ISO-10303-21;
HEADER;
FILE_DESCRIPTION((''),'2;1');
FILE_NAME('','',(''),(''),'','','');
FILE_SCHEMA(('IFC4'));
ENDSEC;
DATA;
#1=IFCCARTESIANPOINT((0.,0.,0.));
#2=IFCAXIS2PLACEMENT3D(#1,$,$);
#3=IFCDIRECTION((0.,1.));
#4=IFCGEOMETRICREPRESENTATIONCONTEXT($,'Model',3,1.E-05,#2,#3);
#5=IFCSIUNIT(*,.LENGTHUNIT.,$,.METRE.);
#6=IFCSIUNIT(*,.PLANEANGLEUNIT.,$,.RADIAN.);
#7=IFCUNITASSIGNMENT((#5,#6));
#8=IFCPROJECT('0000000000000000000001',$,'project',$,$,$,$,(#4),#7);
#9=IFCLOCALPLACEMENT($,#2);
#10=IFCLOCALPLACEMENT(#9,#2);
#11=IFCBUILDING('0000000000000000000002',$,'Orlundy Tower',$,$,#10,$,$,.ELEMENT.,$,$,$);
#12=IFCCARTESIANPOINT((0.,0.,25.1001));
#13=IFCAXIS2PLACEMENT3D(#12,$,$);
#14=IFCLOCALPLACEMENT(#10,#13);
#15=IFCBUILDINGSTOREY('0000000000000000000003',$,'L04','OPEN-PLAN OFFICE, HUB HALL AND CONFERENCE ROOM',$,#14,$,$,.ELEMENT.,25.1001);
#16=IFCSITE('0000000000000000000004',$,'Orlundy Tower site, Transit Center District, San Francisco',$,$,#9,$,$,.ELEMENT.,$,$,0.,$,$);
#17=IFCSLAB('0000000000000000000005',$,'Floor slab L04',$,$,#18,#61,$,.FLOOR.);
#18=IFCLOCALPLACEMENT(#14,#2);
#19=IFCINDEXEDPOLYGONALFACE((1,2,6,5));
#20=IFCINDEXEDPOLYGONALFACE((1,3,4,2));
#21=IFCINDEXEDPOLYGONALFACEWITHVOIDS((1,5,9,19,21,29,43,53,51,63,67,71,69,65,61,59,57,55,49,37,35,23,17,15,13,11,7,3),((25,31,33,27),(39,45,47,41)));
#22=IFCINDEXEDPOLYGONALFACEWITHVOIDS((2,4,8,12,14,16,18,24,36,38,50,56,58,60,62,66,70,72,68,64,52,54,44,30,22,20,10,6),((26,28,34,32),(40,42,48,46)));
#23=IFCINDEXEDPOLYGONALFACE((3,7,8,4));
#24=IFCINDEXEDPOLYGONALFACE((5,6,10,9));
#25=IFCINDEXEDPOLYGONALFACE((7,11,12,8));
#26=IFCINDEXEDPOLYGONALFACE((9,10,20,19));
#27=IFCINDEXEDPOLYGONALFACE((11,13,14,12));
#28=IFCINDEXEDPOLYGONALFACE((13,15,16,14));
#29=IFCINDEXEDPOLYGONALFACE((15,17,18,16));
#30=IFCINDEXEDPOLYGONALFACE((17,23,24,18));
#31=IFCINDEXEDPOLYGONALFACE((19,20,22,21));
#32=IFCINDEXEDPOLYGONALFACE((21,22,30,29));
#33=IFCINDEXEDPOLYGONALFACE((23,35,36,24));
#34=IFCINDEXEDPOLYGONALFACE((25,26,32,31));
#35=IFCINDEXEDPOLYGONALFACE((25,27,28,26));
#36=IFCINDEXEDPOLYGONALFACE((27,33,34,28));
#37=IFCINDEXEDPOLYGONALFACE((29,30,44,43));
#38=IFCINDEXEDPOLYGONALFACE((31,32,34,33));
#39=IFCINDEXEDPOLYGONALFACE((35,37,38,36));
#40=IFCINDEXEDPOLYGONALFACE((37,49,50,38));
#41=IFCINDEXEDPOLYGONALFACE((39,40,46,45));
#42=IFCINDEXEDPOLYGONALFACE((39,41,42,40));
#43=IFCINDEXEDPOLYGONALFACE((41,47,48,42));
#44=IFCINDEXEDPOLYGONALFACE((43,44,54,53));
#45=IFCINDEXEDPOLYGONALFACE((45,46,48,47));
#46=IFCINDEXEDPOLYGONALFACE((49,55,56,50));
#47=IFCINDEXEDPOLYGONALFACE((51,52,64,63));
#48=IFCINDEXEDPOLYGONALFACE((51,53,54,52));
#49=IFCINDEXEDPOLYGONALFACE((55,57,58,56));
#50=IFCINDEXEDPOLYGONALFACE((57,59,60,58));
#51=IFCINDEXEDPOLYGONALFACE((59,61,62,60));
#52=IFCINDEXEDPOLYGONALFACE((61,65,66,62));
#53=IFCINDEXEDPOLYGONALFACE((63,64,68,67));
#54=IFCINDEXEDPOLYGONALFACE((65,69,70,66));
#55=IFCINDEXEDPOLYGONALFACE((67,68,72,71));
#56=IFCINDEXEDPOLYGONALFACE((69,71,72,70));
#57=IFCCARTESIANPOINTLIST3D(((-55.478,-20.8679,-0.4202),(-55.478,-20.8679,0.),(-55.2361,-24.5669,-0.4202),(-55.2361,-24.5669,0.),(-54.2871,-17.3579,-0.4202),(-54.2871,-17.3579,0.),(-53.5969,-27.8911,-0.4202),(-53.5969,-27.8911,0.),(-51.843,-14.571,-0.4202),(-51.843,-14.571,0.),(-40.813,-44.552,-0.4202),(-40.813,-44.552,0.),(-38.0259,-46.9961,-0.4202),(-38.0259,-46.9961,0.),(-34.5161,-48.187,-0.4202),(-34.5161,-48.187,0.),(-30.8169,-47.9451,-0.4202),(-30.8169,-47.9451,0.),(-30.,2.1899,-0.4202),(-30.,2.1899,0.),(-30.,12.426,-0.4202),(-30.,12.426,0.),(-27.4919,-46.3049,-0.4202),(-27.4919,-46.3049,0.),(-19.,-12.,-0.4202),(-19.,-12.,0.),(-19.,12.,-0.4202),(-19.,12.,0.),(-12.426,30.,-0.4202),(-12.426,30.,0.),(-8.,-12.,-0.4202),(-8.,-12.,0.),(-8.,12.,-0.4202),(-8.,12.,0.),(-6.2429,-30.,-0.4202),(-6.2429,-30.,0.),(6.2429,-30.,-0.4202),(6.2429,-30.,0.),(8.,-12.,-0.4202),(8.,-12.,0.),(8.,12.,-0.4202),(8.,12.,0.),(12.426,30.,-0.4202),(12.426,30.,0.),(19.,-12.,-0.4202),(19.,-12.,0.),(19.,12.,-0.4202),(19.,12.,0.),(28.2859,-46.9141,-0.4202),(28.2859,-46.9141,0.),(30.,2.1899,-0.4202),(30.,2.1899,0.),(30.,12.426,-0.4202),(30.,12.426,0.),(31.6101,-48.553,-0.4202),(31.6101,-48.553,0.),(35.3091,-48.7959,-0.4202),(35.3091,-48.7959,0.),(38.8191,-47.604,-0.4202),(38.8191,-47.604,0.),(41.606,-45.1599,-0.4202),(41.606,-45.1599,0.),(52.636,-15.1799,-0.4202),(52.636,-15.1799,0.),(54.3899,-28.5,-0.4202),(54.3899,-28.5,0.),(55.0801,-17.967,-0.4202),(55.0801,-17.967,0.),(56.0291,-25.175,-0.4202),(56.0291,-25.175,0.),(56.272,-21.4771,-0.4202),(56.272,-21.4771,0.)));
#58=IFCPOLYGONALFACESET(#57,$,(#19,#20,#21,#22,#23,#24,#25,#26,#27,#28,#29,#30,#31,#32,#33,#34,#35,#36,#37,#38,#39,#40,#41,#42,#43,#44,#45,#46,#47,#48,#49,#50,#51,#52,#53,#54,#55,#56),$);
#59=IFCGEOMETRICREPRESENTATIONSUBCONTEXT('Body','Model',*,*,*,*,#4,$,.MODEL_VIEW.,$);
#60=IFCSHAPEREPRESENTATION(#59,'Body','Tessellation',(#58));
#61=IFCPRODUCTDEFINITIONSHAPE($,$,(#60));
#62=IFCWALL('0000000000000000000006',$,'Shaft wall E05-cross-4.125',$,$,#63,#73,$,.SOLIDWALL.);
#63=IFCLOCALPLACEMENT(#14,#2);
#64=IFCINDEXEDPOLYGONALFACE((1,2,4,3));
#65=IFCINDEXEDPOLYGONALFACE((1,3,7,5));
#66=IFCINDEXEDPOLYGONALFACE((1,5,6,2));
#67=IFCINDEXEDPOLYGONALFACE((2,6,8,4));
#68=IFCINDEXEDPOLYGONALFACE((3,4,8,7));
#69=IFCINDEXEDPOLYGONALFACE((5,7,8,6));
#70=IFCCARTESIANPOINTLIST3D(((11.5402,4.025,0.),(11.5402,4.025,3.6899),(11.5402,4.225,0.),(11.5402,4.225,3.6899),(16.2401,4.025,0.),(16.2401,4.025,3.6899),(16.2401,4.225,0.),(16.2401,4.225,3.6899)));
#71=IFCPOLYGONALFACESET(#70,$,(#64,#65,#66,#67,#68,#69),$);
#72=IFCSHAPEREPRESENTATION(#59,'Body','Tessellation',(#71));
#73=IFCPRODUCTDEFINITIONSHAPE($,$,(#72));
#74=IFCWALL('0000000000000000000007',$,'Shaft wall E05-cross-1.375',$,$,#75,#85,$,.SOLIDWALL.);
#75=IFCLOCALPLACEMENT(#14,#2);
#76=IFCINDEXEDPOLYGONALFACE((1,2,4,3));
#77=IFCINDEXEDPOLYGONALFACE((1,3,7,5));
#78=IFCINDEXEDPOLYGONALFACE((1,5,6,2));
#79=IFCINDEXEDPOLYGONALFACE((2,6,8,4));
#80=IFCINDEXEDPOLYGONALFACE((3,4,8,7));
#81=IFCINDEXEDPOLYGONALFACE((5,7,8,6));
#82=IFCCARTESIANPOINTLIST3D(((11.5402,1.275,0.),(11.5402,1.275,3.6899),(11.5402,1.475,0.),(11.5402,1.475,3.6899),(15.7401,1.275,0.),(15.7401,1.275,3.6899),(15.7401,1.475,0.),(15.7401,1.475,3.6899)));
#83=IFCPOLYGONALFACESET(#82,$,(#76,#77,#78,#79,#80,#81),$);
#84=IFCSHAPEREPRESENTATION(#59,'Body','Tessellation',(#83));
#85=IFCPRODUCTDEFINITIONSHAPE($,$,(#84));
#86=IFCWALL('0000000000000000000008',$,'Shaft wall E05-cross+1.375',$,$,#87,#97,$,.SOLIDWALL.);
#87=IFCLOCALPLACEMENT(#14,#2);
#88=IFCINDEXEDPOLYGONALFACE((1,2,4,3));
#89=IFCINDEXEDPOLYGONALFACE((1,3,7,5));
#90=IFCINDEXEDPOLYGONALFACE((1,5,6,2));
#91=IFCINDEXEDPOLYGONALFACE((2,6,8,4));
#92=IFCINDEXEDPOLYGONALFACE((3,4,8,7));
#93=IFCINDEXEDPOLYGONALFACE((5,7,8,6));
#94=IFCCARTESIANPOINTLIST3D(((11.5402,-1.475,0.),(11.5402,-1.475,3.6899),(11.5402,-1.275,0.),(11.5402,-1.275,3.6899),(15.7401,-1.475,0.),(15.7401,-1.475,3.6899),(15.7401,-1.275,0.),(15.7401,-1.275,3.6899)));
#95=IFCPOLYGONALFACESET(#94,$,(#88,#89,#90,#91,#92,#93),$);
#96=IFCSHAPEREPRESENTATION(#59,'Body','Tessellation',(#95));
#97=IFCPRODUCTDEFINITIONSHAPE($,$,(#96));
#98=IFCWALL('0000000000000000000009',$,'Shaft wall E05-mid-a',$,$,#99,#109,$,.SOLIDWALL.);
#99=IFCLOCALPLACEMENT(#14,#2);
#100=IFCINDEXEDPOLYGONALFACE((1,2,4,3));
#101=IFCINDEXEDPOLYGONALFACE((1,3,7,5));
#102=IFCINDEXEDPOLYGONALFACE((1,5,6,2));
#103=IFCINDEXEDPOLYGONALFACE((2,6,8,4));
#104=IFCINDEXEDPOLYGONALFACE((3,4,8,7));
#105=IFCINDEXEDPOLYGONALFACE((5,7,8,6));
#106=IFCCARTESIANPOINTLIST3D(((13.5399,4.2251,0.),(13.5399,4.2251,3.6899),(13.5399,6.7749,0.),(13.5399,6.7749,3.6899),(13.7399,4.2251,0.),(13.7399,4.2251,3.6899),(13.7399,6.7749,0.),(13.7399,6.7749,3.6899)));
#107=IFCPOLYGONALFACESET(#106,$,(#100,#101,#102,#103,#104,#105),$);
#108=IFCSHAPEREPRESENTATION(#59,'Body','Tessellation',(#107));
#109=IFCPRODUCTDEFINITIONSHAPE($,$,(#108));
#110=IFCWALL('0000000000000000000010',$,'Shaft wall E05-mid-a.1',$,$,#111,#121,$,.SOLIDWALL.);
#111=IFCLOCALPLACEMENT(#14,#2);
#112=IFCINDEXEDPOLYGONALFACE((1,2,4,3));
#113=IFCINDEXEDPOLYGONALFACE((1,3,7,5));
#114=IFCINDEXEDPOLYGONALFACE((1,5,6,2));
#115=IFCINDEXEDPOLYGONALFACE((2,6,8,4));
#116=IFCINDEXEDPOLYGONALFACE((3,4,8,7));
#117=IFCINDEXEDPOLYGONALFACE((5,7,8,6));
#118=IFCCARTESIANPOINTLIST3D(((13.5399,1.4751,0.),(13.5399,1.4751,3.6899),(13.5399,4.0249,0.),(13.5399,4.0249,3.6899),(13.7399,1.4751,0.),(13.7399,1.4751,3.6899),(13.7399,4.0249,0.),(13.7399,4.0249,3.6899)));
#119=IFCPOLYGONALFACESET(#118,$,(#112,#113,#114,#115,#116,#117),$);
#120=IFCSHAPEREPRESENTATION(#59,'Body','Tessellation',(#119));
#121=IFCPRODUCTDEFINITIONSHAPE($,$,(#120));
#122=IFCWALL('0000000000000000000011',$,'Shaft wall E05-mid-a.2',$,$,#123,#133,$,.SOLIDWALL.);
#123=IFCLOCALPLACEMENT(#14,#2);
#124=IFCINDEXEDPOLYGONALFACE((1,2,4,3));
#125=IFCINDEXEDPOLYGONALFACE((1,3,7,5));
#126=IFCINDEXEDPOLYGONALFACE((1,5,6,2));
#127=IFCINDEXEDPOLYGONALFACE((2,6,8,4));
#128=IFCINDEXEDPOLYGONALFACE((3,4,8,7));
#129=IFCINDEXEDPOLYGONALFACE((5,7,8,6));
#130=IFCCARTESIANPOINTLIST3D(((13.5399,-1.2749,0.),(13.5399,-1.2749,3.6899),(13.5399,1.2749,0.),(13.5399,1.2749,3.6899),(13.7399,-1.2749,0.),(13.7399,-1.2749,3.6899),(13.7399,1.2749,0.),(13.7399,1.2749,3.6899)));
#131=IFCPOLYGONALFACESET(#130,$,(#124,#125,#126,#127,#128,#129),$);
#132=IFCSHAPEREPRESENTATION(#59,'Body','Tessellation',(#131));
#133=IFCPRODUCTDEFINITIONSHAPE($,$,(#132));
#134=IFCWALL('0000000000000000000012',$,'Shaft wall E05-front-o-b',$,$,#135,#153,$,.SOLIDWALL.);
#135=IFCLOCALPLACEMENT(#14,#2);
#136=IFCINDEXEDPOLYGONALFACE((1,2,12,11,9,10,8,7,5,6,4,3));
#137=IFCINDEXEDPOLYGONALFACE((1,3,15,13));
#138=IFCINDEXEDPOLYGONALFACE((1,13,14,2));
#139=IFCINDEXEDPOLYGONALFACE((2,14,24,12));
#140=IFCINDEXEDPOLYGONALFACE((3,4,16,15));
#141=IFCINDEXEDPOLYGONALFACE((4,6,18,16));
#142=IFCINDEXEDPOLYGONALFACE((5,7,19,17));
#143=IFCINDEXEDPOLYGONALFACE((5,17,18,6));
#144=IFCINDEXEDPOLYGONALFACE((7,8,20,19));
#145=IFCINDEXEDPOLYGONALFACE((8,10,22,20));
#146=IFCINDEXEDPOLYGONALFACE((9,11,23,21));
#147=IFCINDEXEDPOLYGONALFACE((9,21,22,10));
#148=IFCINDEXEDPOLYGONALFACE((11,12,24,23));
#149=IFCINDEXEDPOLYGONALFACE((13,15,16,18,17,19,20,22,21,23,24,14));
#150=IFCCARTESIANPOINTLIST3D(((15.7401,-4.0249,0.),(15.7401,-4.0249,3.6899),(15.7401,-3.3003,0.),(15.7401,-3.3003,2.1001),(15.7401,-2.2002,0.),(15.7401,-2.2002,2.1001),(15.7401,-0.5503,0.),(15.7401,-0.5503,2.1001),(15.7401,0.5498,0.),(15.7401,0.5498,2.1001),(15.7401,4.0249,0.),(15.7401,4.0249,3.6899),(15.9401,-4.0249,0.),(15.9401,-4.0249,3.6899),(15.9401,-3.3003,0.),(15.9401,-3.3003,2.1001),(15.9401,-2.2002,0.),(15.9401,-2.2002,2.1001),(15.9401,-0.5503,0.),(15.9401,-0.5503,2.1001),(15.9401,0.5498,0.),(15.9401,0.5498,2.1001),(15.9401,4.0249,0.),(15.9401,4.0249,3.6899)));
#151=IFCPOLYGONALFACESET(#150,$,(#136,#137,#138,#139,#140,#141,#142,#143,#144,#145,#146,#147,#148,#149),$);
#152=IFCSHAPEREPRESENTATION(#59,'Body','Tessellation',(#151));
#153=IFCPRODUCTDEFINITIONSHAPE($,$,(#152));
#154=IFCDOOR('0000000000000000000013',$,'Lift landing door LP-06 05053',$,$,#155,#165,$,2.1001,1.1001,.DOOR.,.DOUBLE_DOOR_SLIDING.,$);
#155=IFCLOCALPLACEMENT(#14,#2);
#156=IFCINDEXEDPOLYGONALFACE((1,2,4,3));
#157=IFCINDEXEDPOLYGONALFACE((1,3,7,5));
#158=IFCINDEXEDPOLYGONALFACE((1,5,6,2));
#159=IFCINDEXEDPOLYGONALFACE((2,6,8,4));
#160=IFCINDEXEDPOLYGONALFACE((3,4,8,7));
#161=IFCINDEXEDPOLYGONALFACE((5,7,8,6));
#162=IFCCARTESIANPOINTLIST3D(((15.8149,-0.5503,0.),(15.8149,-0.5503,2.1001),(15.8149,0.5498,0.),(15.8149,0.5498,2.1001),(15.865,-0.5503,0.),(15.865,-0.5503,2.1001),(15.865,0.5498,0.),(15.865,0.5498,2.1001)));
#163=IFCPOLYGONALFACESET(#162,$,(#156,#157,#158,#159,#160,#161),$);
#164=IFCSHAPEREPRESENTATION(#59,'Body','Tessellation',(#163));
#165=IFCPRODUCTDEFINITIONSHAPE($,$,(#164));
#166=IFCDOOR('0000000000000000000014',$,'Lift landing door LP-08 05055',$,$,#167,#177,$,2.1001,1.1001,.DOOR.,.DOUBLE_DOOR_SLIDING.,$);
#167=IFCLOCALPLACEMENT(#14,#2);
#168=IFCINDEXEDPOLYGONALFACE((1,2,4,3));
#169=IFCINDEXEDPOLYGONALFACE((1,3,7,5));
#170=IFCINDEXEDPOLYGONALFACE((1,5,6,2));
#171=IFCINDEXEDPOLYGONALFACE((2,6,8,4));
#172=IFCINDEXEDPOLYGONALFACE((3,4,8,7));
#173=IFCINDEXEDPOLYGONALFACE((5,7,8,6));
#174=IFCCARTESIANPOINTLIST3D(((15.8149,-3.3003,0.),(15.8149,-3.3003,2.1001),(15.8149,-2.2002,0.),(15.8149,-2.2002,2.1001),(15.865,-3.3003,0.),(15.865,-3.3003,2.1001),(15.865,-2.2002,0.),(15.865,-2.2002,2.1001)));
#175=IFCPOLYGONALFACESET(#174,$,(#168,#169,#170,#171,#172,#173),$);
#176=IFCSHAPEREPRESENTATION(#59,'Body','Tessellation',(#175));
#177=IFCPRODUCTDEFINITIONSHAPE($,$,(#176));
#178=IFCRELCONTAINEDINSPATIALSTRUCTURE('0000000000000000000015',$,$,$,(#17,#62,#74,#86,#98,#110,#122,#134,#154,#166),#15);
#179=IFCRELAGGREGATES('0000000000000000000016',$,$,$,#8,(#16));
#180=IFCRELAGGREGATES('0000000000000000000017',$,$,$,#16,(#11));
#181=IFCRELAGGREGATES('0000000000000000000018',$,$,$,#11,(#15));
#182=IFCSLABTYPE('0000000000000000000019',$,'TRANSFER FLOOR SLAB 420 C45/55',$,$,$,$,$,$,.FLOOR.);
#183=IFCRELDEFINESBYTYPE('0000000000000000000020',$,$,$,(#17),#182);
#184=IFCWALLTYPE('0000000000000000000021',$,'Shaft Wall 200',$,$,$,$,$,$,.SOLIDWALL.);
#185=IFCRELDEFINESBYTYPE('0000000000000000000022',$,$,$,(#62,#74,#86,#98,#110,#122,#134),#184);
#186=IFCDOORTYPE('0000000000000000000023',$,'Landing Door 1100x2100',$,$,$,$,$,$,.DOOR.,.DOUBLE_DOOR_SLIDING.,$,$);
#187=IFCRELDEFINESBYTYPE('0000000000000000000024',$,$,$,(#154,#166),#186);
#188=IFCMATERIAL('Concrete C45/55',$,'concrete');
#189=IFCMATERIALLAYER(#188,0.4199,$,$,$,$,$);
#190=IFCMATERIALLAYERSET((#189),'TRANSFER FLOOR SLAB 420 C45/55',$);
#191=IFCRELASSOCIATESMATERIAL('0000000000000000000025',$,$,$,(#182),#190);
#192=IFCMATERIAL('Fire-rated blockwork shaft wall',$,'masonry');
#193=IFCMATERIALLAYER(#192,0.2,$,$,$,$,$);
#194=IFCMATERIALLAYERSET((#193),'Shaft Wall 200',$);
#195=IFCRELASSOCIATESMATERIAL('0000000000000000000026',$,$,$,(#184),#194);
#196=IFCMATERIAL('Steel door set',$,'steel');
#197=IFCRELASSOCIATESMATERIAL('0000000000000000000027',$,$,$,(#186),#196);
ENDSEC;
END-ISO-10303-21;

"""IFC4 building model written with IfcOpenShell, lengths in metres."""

from ifc_helpers import new_model, si_unit, direction, frame, frame_2d, origin, place, context, subcontext, project, spatial, polyline, rectangle, outline, extrude, material, layer, layer_set, type_object, element, fill, save


model = new_model("IFC4")

# Units and contexts
model_context = context("Model", 3, precision=1e-05, world=origin(), true_north=direction((0.0, 1.0)))
body_context = subcontext(model_context, "Body", "Model", "MODEL_VIEW")
ifc_project = project(units=[si_unit("LENGTHUNIT", "METRE"), si_unit("PLANEANGLEUNIT", "RADIAN")], contexts=[model_context])

# Site, building, storey
site_placement = place(None, origin())
site = spatial("IfcSite", under=ifc_project, at=site_placement, Name="Orlundy Tower site, Transit Center District, San Francisco", CompositionType="ELEMENT", RefElevation=0.0)
building_placement = place(site_placement, origin())
building = spatial("IfcBuilding", under=site, at=building_placement, Name="Orlundy Tower", CompositionType="ELEMENT")
storey_placement = place(building_placement, frame((0.0, 0.0, 25.1001)))
storey = spatial("IfcBuildingStorey", under=building, at=storey_placement, Name="L04", Description="OPEN-PLAN OFFICE, HUB HALL AND CONFERENCE ROOM", CompositionType="ELEMENT", Elevation=25.1001)

# Slab
ifc_material_1 = material(Name="Concrete C45/55", Category="concrete")
ifc_layer_1 = layer(ifc_material_1, 0.4199)
ifc_layer_set_1 = layer_set([ifc_layer_1], Name="TRANSFER FLOOR SLAB 420 C45/55")
slab_type_1 = type_object("IfcSlabType", Name="TRANSFER FLOOR SLAB 420 C45/55", PredefinedType="FLOOR", material=ifc_layer_set_1)
slab_1_placement = place(storey_placement, frame((0.0, 0.0, -0.4202)))
element("IfcSlab", 1, at=slab_1_placement, inside=storey, type_object=slab_type_1, Name="Floor slab L04", PredefinedType="FLOOR", context=body_context, shape_type="SweptSolid", body=[
    extrude(outline(polyline([(6.2429, -30.0), (-6.2429, -30.0), (-27.4919, -46.3049), (-30.8169, -47.9451), (-34.5161, -48.187), (-38.0259, -46.9961), (-40.813, -44.552), (-53.5969, -27.8911), (-55.2361, -24.5669), (-55.478, -20.8679), (-54.2871, -17.3579), (-51.843, -14.571), (-30.0, 2.1899), (-30.0, 12.426), (-12.426, 30.0), (12.426, 30.0), (30.0, 12.426), (30.0, 2.1899), (52.636, -15.1799), (55.0801, -17.967), (56.272, -21.4771), (56.0291, -25.175), (54.3899, -28.5), (41.606, -45.1599), (38.8191, -47.604), (35.3091, -48.7959), (31.6101, -48.553), (28.2859, -46.9141), (6.2429, -30.0)]), holes=[polyline([(-8.0, -12.0), (-8.0, 12.0), (-19.0, 12.0), (-19.0, -12.0), (-8.0, -12.0)]), polyline([(19.0, -12.0), (19.0, 12.0), (8.0, 12.0), (8.0, -12.0), (19.0, -12.0)])]), origin(), (0.0, 0.0, 1.0), 0.4202),
])

# Walls
ifc_material_2 = material(Name="Fire-rated blockwork shaft wall", Category="masonry")
ifc_layer_2 = layer(ifc_material_2, 0.2)
ifc_layer_set_2 = layer_set([ifc_layer_2], Name="Shaft Wall 200")
wall_type = type_object("IfcWallType", Name="Shaft Wall 200", PredefinedType="SOLIDWALL", material=ifc_layer_set_2)
wall_1_placement = place(storey_placement, frame((11.54, 4.125, 0.0), z_axis=(0.0, 0.0, 1.0), x_axis=(1.0, 0.0, 0.0)))
element("IfcWall", 2, at=wall_1_placement, inside=storey, type_object=wall_type, Name="Shaft wall E05-cross-4.125", PredefinedType="SOLIDWALL", context=body_context, shape_type="SweptSolid", body=[
    extrude(rectangle(XDim=4.7, YDim=0.2, at=frame_2d((2.3501, 0.0))), origin(), (0.0, 0.0, 1.0), 3.6899),
])
for number, where, z_axis, x_axis, name in (
    (3, (11.54, 1.375, 0.0), (0.0, 0.0, 1.0), (1.0, 0.0, 0.0), "Shaft wall E05-cross-1.375"),
    (4, (11.54, -1.375, 0.0), (0.0, 0.0, 1.0), (1.0, 0.0, 0.0), "Shaft wall E05-cross+1.375"),
):
    element("IfcWall", number, at=place(storey_placement, frame(where, z_axis=z_axis, x_axis=x_axis)), inside=storey, type_object=wall_type, Name=name, PredefinedType="SOLIDWALL", context=body_context, shape_type="SweptSolid", body=[
        extrude(rectangle(XDim=4.2, YDim=0.2, at=frame_2d((2.1001, 0.0))), origin(), (0.0, 0.0, 1.0), 3.6899),
    ])
for number, where, z_axis, x_axis, name in (
    (5, (13.6399, 6.7749, 0.0), (0.0, 0.0, 1.0), (0.0, -1.0, 0.0), "Shaft wall E05-mid-a"),
    (6, (13.6399, 4.0249, 0.0), (0.0, 0.0, 1.0), (0.0, -1.0, 0.0), "Shaft wall E05-mid-a.1"),
    (7, (13.6399, 1.2749, 0.0), (0.0, 0.0, 1.0), (0.0, -1.0, 0.0), "Shaft wall E05-mid-a.2"),
):
    element("IfcWall", number, at=place(storey_placement, frame(where, z_axis=z_axis, x_axis=x_axis)), inside=storey, type_object=wall_type, Name=name, PredefinedType="SOLIDWALL", context=body_context, shape_type="SweptSolid", body=[
        extrude(rectangle(XDim=2.5498, YDim=0.2, at=frame_2d((1.2749, 0.0))), origin(), (0.0, 0.0, 1.0), 3.6899),
    ])

# Wall, openings, doors
wall_2_placement = place(storey_placement, frame((15.8401, 4.0249, 0.0), z_axis=(0.0, 0.0, 1.0), x_axis=(0.0, -1.0, 0.0)))
wall_2 = element("IfcWall", 8, at=wall_2_placement, inside=storey, type_object=wall_type, Name="Shaft wall E05-front-o-b", PredefinedType="SOLIDWALL", context=body_context, shape_type="SweptSolid", body=[
    extrude(rectangle(XDim=8.0498, YDim=0.2, at=frame_2d((4.0249, 0.0))), origin(), (0.0, 0.0, 1.0), 3.6899),
])
opening_1_placement = place(wall_2_placement, frame((3.4751, 0.0, 0.0)))
opening_1 = element("IfcOpeningElement", 9, at=opening_1_placement, cuts=wall_2, PredefinedType="OPENING", context=body_context, shape_type="SweptSolid", body=[
    extrude(rectangle(XDim=1.1001, YDim=2.1001, at=frame_2d((0.55, 1.05))), frame((0.0, 0.1101, 0.0), z_axis=(0.0, -1.0, 0.0), x_axis=(1.0, 0.0, 0.0)), (0.0, 0.0, 1.0), 0.2202),
])
opening_2_placement = place(wall_2_placement, frame((6.2251, 0.0, 0.0)))
opening_2 = element("IfcOpeningElement", 10, at=opening_2_placement, cuts=wall_2, PredefinedType="OPENING", context=body_context, shape_type="SweptSolid", body=[
    extrude(rectangle(XDim=1.1001, YDim=2.1001, at=frame_2d((0.55, 1.05))), frame((0.0, 0.1101, 0.0), z_axis=(0.0, -1.0, 0.0), x_axis=(1.0, 0.0, 0.0)), (0.0, 0.0, 1.0), 0.2202),
])
ifc_material_3 = material(Name="Steel door set", Category="steel")
door_type = type_object("IfcDoorType", Name="Landing Door 1100x2100", OperationType="DOUBLE_DOOR_SLIDING", PredefinedType="DOOR", material=ifc_material_3)
door_1_placement = place(opening_1_placement, origin())
door_1 = element("IfcDoor", 11, at=door_1_placement, inside=storey, type_object=door_type, Name="Lift landing door LP-06 05053", OperationType="DOUBLE_DOOR_SLIDING", OverallHeight=2.1001, OverallWidth=1.1001, PredefinedType="DOOR", context=body_context, shape_type="SweptSolid", body=[
    extrude(rectangle(XDim=1.1001, YDim=2.1001, at=frame_2d((0.55, 1.05))), frame((0.0, 0.0249, 0.0), z_axis=(0.0, -1.0, 0.0), x_axis=(1.0, 0.0, 0.0)), (0.0, 0.0, 1.0), 0.05),
])
fill(opening_1, door_1)
door_2_placement = place(opening_2_placement, origin())
door_2 = element("IfcDoor", 12, at=door_2_placement, inside=storey, type_object=door_type, Name="Lift landing door LP-08 05055", OperationType="DOUBLE_DOOR_SLIDING", OverallHeight=2.1001, OverallWidth=1.1001, PredefinedType="DOOR", context=body_context, shape_type="SweptSolid", body=[
    extrude(rectangle(XDim=1.1001, YDim=2.1001, at=frame_2d((0.55, 1.05))), frame((0.0, 0.0249, 0.0), z_axis=(0.0, -1.0, 0.0), x_axis=(1.0, 0.0, 0.0)), (0.0, 0.0, 1.0), 0.05),
])
fill(opening_2, door_2)

save(model, "model.ifc")
